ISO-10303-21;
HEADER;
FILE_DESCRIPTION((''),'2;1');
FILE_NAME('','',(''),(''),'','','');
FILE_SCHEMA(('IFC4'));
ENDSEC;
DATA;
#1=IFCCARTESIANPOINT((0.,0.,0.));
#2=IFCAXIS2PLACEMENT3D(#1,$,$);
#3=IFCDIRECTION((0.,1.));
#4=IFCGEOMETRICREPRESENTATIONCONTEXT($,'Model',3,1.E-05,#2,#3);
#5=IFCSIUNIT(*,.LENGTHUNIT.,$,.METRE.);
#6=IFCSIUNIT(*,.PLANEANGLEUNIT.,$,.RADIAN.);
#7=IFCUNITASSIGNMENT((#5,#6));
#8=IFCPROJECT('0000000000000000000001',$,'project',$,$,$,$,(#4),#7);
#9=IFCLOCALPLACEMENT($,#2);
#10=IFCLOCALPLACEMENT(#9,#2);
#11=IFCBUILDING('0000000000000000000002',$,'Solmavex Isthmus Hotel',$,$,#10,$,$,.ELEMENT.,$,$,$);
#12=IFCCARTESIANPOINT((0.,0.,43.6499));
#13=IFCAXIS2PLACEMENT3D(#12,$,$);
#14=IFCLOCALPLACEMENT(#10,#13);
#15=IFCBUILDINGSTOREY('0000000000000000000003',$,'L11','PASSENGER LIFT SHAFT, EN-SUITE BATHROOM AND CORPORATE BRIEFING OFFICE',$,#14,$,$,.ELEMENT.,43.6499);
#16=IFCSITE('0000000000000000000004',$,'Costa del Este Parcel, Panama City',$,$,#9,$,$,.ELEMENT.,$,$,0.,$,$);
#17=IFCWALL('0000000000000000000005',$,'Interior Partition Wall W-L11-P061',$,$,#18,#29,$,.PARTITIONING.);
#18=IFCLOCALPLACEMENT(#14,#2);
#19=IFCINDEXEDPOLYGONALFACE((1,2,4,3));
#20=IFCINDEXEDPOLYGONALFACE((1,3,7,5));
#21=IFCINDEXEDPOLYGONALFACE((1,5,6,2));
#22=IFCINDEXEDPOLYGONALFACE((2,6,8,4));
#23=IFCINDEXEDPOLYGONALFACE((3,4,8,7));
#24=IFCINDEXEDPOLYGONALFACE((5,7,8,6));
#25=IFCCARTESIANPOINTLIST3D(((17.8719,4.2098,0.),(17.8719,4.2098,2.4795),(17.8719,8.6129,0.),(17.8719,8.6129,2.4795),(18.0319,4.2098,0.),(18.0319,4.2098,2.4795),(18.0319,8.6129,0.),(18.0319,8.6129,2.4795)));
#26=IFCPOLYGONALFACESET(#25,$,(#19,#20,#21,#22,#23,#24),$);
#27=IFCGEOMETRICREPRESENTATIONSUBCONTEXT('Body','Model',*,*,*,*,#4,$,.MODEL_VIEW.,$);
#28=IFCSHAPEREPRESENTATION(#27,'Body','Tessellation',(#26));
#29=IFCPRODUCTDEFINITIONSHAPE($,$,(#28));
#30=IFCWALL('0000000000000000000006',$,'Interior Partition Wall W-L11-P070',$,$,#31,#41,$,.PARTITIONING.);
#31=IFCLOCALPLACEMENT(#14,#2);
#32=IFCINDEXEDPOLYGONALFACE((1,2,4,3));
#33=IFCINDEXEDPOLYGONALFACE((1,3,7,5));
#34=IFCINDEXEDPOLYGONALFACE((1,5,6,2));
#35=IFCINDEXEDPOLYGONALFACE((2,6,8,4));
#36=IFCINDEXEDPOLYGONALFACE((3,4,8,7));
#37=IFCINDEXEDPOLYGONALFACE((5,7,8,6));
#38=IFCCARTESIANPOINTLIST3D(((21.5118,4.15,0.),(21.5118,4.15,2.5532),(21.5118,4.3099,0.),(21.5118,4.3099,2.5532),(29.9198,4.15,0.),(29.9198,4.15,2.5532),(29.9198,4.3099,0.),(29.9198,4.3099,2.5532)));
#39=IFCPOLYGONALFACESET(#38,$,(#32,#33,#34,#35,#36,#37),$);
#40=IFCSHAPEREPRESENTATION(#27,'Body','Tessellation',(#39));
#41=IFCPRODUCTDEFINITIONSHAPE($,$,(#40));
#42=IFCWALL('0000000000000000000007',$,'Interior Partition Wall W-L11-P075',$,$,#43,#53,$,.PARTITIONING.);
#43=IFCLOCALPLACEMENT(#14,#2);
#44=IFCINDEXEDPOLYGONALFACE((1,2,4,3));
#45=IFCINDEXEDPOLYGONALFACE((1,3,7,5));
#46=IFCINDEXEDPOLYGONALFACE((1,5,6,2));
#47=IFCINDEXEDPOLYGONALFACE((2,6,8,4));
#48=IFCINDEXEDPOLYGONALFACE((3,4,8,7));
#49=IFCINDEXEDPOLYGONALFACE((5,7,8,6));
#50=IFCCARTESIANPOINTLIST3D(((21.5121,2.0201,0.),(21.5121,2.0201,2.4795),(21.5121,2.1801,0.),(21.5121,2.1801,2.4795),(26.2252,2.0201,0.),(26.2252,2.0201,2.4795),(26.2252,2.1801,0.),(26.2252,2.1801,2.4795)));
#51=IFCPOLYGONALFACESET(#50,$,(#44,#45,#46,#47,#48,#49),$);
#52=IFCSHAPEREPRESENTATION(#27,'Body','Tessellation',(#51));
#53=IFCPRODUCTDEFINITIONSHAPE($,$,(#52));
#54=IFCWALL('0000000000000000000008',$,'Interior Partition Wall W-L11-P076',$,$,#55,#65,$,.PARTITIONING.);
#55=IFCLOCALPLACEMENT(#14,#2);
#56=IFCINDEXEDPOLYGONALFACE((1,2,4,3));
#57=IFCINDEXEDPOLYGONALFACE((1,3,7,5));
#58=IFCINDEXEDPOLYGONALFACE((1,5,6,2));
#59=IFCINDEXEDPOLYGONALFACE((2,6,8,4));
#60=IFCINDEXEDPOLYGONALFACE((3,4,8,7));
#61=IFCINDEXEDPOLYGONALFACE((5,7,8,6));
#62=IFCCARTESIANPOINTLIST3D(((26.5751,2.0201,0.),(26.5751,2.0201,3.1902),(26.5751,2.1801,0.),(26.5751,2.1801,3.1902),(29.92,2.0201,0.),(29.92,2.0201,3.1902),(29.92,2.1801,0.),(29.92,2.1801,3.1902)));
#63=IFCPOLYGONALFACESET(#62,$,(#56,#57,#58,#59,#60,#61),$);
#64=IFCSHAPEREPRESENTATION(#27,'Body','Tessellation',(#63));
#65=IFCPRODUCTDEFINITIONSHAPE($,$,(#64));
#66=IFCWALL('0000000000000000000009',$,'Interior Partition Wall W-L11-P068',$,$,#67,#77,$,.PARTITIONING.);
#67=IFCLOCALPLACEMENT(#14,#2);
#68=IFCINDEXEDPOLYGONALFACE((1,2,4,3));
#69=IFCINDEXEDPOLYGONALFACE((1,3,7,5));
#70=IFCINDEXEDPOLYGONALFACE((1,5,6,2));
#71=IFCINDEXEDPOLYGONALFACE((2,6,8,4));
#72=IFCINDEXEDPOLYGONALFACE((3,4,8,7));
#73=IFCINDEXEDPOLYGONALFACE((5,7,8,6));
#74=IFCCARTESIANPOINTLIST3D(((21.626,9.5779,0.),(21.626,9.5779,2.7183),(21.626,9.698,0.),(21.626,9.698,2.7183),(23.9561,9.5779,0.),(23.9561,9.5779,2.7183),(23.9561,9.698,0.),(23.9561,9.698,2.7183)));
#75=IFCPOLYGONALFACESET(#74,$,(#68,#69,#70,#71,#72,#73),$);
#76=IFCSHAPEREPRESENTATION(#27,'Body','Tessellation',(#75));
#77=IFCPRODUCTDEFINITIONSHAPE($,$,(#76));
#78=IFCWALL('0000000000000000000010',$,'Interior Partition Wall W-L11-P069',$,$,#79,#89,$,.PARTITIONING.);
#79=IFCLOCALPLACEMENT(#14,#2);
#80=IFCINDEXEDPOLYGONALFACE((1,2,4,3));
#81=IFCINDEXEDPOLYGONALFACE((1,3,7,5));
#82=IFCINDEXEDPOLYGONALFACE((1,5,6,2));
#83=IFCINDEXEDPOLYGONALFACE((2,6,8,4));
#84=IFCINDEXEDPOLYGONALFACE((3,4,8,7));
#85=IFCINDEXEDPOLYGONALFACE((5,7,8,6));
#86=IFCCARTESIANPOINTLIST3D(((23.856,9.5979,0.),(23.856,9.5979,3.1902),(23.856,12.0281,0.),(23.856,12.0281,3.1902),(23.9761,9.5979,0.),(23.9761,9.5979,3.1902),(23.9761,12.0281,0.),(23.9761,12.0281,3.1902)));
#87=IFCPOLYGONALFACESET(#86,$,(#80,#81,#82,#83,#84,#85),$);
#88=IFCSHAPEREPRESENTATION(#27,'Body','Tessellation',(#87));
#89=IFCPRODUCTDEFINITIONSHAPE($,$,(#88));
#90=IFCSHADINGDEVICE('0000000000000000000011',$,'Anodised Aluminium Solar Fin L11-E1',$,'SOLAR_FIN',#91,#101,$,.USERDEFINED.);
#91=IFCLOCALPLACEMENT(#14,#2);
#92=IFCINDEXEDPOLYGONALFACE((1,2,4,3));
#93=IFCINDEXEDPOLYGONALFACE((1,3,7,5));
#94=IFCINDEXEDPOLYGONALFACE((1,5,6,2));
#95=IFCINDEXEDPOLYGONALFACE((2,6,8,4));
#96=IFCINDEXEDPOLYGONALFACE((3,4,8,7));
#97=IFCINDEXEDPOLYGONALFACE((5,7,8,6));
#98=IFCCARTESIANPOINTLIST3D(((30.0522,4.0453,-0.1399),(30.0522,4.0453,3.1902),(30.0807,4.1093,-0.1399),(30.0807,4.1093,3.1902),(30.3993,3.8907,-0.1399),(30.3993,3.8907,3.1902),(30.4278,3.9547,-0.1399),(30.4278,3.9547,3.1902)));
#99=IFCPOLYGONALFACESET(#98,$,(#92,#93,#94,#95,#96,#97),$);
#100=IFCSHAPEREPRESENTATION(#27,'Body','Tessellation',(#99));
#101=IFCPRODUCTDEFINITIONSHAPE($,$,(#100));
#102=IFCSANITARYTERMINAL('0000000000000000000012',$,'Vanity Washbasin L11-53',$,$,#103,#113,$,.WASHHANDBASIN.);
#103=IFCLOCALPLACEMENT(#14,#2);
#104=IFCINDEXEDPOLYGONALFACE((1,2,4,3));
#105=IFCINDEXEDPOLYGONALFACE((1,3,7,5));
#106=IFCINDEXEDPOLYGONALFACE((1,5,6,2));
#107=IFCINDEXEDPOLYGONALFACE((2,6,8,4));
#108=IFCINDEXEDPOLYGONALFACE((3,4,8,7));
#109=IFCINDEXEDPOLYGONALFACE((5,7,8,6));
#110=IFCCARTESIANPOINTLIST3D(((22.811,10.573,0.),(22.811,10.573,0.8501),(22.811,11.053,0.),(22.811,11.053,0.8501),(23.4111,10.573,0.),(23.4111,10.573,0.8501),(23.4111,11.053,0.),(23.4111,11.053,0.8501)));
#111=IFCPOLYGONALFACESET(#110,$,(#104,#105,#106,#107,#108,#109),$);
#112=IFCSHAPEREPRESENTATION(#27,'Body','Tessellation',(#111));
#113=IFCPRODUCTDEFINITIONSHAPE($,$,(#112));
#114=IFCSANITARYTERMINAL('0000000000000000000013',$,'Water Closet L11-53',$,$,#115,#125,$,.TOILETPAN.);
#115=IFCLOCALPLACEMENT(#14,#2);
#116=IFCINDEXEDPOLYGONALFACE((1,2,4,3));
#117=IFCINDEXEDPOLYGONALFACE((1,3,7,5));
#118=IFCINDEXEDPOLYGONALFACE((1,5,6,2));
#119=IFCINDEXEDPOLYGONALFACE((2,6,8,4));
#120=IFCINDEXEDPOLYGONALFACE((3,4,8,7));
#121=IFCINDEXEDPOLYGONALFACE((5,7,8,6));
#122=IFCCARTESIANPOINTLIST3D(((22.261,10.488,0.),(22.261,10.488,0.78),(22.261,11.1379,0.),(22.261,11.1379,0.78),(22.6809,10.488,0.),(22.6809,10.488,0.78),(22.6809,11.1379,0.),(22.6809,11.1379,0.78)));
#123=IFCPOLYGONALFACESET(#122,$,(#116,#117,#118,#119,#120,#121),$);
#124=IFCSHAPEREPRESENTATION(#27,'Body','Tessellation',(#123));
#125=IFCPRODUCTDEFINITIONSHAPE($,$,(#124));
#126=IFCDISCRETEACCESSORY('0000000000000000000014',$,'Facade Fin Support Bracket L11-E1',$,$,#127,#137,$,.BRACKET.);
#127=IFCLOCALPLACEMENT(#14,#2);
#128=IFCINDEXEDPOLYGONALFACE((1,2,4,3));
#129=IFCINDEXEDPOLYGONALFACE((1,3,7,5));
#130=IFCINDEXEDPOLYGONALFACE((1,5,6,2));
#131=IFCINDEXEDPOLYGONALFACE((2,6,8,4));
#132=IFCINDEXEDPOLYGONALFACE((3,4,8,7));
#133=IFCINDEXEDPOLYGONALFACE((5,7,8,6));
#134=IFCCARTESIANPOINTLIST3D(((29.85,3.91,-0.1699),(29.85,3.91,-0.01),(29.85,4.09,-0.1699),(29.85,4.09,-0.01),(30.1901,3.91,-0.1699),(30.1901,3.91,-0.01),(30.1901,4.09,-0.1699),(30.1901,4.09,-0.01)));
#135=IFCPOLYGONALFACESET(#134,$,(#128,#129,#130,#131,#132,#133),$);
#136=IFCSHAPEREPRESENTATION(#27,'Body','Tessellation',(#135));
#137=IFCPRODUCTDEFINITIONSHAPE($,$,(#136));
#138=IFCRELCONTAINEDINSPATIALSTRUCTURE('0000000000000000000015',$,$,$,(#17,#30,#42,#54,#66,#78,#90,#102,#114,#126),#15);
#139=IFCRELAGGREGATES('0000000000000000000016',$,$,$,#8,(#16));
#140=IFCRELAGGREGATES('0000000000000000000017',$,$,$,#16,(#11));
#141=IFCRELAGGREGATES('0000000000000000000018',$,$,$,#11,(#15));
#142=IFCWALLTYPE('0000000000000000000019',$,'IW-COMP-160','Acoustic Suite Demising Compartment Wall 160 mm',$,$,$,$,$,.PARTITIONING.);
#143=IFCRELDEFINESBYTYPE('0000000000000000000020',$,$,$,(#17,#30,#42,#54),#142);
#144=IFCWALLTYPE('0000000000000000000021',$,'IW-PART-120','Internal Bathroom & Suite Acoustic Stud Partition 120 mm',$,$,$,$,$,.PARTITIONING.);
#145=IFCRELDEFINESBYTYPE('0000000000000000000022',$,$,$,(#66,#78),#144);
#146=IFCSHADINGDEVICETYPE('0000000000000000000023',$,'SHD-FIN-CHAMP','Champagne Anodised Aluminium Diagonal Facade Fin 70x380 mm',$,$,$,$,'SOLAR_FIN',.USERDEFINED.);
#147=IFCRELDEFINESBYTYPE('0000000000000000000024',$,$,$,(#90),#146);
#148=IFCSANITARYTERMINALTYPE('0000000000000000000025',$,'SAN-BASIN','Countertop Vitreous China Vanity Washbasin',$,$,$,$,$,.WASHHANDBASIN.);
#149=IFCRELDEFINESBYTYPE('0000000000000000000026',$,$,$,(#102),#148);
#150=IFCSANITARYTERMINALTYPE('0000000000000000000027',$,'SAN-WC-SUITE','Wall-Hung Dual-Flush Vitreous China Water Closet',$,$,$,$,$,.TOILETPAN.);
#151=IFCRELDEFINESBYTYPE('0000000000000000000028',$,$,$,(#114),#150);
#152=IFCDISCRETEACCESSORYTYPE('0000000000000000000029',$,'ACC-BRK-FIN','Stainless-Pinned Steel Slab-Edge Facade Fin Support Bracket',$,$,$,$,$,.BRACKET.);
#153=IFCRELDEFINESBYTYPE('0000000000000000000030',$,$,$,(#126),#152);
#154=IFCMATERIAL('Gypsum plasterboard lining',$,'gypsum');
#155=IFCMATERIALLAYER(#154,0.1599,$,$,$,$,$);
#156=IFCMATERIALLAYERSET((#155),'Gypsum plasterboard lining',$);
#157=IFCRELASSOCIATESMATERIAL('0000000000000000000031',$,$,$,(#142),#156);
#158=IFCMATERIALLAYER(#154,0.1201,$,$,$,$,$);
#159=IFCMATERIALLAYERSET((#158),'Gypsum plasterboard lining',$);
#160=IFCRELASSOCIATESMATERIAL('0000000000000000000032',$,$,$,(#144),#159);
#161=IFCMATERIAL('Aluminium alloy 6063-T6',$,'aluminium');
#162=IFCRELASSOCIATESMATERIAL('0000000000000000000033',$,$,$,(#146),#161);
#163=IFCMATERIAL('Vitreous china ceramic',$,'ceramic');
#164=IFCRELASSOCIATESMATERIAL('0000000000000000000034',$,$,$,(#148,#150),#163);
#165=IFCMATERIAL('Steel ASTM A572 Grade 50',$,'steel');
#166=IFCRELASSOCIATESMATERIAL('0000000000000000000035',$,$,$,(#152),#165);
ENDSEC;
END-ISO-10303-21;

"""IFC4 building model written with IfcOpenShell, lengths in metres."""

from ifc_helpers import new_model, si_unit, direction, frame, frame_2d, origin, origin_2d, place, context, subcontext, project, spatial, rectangle, extrude, material, layer, layer_set, type_object, element, save


model = new_model("IFC4")

# Units and contexts
model_context = context("Model", 3, precision=1e-05, world=origin(), true_north=direction((0.0, 1.0)))
body_context = subcontext(model_context, "Body", "Model", "MODEL_VIEW")
ifc_project = project(units=[si_unit("LENGTHUNIT", "METRE"), si_unit("PLANEANGLEUNIT", "RADIAN")], contexts=[model_context])

# Site, building, storey
site_placement = place(None, origin())
site = spatial("IfcSite", under=ifc_project, at=site_placement, Name="Costa del Este Parcel, Panama City", CompositionType="ELEMENT", RefElevation=0.0)
building_placement = place(site_placement, origin())
building = spatial("IfcBuilding", under=site, at=building_placement, Name="Solmavex Isthmus Hotel", CompositionType="ELEMENT")
storey_placement = place(building_placement, frame((0.0, 0.0, 43.6499)))
storey = spatial("IfcBuildingStorey", under=building, at=storey_placement, Name="L11", Description="PASSENGER LIFT SHAFT, EN-SUITE BATHROOM AND CORPORATE BRIEFING OFFICE", CompositionType="ELEMENT", Elevation=43.6499)

# Shared definitions
ifc_material_1 = material(Name="Aluminium alloy 6063-T6", Category="aluminium")

# Walls
ifc_material_2 = material(Name="Gypsum plasterboard lining", Category="gypsum")
ifc_layer_1 = layer(ifc_material_2, 0.1599)
ifc_layer_set_1 = layer_set([ifc_layer_1], Name="Gypsum plasterboard lining")
wall_type_1 = type_object("IfcWallType", Name="IW-COMP-160", Description="Acoustic Suite Demising Compartment Wall 160 mm", PredefinedType="PARTITIONING", material=ifc_layer_set_1)
wall_1_placement = place(storey_placement, frame((17.9519, 8.613, 0.0), z_axis=(0.0, 0.0, 1.0), x_axis=(0.0, -1.0, 0.0)))
element("IfcWall", 1, at=wall_1_placement, inside=storey, type_object=wall_type_1, Name="Interior Partition Wall W-L11-P061", PredefinedType="PARTITIONING", context=body_context, shape_type="SweptSolid", body=[
    extrude(rectangle(XDim=4.4031, YDim=0.1599, at=frame_2d((2.2017, 0.0))), origin(), (0.0, 0.0, 1.0), 2.4795),
])
wall_2_placement = place(storey_placement, frame((29.9199, 4.23, 0.0), z_axis=(0.0, 0.0, 1.0), x_axis=(-1.0, 0.0, 0.0)))
element("IfcWall", 2, at=wall_2_placement, inside=storey, type_object=wall_type_1, Name="Interior Partition Wall W-L11-P070", PredefinedType="PARTITIONING", context=body_context, shape_type="SweptSolid", body=[
    extrude(rectangle(XDim=8.408, YDim=0.1599, at=frame_2d((4.2041, 0.0))), origin(), (0.0, 0.0, 1.0), 2.5532),
])
wall_3_placement = place(storey_placement, frame((26.2251, 2.1001, 0.0), z_axis=(0.0, 0.0, 1.0), x_axis=(-1.0, 0.0, 0.0)))
element("IfcWall", 3, at=wall_3_placement, inside=storey, type_object=wall_type_1, Name="Interior Partition Wall W-L11-P075", PredefinedType="PARTITIONING", context=body_context, shape_type="SweptSolid", body=[
    extrude(rectangle(XDim=4.7131, YDim=0.1599, at=frame_2d((2.3564, 0.0))), origin(), (0.0, 0.0, 1.0), 2.4795),
])
wall_4_placement = place(storey_placement, frame((29.9199, 2.1001, 0.0), z_axis=(0.0, 0.0, 1.0), x_axis=(-1.0, 0.0, 0.0)))
element("IfcWall", 4, at=wall_4_placement, inside=storey, type_object=wall_type_1, Name="Interior Partition Wall W-L11-P076", PredefinedType="PARTITIONING", context=body_context, shape_type="SweptSolid", body=[
    extrude(rectangle(XDim=3.345, YDim=0.1599, at=frame_2d((1.6724, 0.0))), origin(), (0.0, 0.0, 1.0), 3.1902),
])

# Walls
ifc_layer_2 = layer(ifc_material_2, 0.1201)
ifc_layer_set_2 = layer_set([ifc_layer_2], Name="Gypsum plasterboard lining")
wall_type_2 = type_object("IfcWallType", Name="IW-PART-120", Description="Internal Bathroom & Suite Acoustic Stud Partition 120 mm", PredefinedType="PARTITIONING", material=ifc_layer_set_2)
wall_5_placement = place(storey_placement, frame((21.626, 9.6379, 0.0), z_axis=(0.0, 0.0, 1.0), x_axis=(1.0, 0.0, 0.0)))
element("IfcWall", 5, at=wall_5_placement, inside=storey, type_object=wall_type_2, Name="Interior Partition Wall W-L11-P068", PredefinedType="PARTITIONING", context=body_context, shape_type="SweptSolid", body=[
    extrude(rectangle(XDim=2.3301, YDim=0.1201, at=frame_2d((1.165, 0.0))), origin(), (0.0, 0.0, 1.0), 2.7183),
])
wall_6_placement = place(storey_placement, frame((23.916, 9.5979, 0.0), z_axis=(0.0, 0.0, 1.0), x_axis=(0.0, 1.0, 0.0)))
element("IfcWall", 6, at=wall_6_placement, inside=storey, type_object=wall_type_2, Name="Interior Partition Wall W-L11-P069", PredefinedType="PARTITIONING", context=body_context, shape_type="SweptSolid", body=[
    extrude(rectangle(XDim=2.4302, YDim=0.1201, at=frame_2d((1.2151, 0.0))), origin(), (0.0, 0.0, 1.0), 3.1902),
])

# Shading device
shading_device_type = type_object("IfcShadingDeviceType", Name="SHD-FIN-CHAMP", Description="Champagne Anodised Aluminium Diagonal Facade Fin 70x380 mm", ElementType="SOLAR_FIN", PredefinedType="USERDEFINED", material=ifc_material_1)
shading_device_placement = place(storey_placement, frame((30.24, 4.0, -0.1399), z_axis=(0.0, 0.0, 1.0), x_axis=(0.913545, -0.406737, 0.0)))
element("IfcShadingDevice", 7, at=shading_device_placement, inside=storey, type_object=shading_device_type, Name="Anodised Aluminium Solar Fin L11-E1", ObjectType="SOLAR_FIN", PredefinedType="USERDEFINED", context=body_context, shape_type="SweptSolid", body=[
    extrude(rectangle(XDim=0.3799, YDim=0.0701, at=origin_2d()), origin(), (0.0, 0.0, 1.0), 3.3301),
])

# Sanitary terminals
ifc_material_3 = material(Name="Vitreous china ceramic", Category="ceramic")
sanitary_terminal_type_1 = type_object("IfcSanitaryTerminalType", Name="SAN-BASIN", Description="Countertop Vitreous China Vanity Washbasin", PredefinedType="WASHHANDBASIN", material=ifc_material_3)
sanitary_terminal_1_placement = place(storey_placement, frame((23.1111, 10.813, 0.0), z_axis=(0.0, 0.0, 1.0), x_axis=(1.0, 0.0, 0.0)))
element("IfcSanitaryTerminal", 8, at=sanitary_terminal_1_placement, inside=storey, type_object=sanitary_terminal_type_1, Name="Vanity Washbasin L11-53", PredefinedType="WASHHANDBASIN", context=body_context, shape_type="SweptSolid", body=[
    extrude(rectangle(XDim=0.6001, YDim=0.48, at=origin_2d()), origin(), (0.0, 0.0, 1.0), 0.8501),
])
sanitary_terminal_type_2 = type_object("IfcSanitaryTerminalType", Name="SAN-WC-SUITE", Description="Wall-Hung Dual-Flush Vitreous China Water Closet", PredefinedType="TOILETPAN", material=ifc_material_3)
sanitary_terminal_2_placement = place(storey_placement, frame((22.4709, 10.813, 0.0), z_axis=(0.0, 0.0, 1.0), x_axis=(1.0, 0.0, 0.0)))
element("IfcSanitaryTerminal", 9, at=sanitary_terminal_2_placement, inside=storey, type_object=sanitary_terminal_type_2, Name="Water Closet L11-53", PredefinedType="TOILETPAN", context=body_context, shape_type="SweptSolid", body=[
    extrude(rectangle(XDim=0.4199, YDim=0.6499, at=origin_2d()), origin(), (0.0, 0.0, 1.0), 0.78),
])

# Discrete accessory
ifc_material_4 = material(Name="Steel ASTM A572 Grade 50", Category="steel")
discrete_accessory_type = type_object("IfcDiscreteAccessoryType", Name="ACC-BRK-FIN", Description="Stainless-Pinned Steel Slab-Edge Facade Fin Support Bracket", PredefinedType="BRACKET", material=ifc_material_4)
discrete_accessory_placement = place(storey_placement, frame((30.02, 4.0, -0.1699), z_axis=(0.0, 0.0, 1.0), x_axis=(1.0, 0.0, 0.0)))
element("IfcDiscreteAccessory", 10, at=discrete_accessory_placement, inside=storey, type_object=discrete_accessory_type, Name="Facade Fin Support Bracket L11-E1", PredefinedType="BRACKET", context=body_context, shape_type="SweptSolid", body=[
    extrude(rectangle(XDim=0.3401, YDim=0.1799, at=origin_2d()), origin(), (0.0, 0.0, 1.0), 0.1599),
])

save(model, "model.ifc")
